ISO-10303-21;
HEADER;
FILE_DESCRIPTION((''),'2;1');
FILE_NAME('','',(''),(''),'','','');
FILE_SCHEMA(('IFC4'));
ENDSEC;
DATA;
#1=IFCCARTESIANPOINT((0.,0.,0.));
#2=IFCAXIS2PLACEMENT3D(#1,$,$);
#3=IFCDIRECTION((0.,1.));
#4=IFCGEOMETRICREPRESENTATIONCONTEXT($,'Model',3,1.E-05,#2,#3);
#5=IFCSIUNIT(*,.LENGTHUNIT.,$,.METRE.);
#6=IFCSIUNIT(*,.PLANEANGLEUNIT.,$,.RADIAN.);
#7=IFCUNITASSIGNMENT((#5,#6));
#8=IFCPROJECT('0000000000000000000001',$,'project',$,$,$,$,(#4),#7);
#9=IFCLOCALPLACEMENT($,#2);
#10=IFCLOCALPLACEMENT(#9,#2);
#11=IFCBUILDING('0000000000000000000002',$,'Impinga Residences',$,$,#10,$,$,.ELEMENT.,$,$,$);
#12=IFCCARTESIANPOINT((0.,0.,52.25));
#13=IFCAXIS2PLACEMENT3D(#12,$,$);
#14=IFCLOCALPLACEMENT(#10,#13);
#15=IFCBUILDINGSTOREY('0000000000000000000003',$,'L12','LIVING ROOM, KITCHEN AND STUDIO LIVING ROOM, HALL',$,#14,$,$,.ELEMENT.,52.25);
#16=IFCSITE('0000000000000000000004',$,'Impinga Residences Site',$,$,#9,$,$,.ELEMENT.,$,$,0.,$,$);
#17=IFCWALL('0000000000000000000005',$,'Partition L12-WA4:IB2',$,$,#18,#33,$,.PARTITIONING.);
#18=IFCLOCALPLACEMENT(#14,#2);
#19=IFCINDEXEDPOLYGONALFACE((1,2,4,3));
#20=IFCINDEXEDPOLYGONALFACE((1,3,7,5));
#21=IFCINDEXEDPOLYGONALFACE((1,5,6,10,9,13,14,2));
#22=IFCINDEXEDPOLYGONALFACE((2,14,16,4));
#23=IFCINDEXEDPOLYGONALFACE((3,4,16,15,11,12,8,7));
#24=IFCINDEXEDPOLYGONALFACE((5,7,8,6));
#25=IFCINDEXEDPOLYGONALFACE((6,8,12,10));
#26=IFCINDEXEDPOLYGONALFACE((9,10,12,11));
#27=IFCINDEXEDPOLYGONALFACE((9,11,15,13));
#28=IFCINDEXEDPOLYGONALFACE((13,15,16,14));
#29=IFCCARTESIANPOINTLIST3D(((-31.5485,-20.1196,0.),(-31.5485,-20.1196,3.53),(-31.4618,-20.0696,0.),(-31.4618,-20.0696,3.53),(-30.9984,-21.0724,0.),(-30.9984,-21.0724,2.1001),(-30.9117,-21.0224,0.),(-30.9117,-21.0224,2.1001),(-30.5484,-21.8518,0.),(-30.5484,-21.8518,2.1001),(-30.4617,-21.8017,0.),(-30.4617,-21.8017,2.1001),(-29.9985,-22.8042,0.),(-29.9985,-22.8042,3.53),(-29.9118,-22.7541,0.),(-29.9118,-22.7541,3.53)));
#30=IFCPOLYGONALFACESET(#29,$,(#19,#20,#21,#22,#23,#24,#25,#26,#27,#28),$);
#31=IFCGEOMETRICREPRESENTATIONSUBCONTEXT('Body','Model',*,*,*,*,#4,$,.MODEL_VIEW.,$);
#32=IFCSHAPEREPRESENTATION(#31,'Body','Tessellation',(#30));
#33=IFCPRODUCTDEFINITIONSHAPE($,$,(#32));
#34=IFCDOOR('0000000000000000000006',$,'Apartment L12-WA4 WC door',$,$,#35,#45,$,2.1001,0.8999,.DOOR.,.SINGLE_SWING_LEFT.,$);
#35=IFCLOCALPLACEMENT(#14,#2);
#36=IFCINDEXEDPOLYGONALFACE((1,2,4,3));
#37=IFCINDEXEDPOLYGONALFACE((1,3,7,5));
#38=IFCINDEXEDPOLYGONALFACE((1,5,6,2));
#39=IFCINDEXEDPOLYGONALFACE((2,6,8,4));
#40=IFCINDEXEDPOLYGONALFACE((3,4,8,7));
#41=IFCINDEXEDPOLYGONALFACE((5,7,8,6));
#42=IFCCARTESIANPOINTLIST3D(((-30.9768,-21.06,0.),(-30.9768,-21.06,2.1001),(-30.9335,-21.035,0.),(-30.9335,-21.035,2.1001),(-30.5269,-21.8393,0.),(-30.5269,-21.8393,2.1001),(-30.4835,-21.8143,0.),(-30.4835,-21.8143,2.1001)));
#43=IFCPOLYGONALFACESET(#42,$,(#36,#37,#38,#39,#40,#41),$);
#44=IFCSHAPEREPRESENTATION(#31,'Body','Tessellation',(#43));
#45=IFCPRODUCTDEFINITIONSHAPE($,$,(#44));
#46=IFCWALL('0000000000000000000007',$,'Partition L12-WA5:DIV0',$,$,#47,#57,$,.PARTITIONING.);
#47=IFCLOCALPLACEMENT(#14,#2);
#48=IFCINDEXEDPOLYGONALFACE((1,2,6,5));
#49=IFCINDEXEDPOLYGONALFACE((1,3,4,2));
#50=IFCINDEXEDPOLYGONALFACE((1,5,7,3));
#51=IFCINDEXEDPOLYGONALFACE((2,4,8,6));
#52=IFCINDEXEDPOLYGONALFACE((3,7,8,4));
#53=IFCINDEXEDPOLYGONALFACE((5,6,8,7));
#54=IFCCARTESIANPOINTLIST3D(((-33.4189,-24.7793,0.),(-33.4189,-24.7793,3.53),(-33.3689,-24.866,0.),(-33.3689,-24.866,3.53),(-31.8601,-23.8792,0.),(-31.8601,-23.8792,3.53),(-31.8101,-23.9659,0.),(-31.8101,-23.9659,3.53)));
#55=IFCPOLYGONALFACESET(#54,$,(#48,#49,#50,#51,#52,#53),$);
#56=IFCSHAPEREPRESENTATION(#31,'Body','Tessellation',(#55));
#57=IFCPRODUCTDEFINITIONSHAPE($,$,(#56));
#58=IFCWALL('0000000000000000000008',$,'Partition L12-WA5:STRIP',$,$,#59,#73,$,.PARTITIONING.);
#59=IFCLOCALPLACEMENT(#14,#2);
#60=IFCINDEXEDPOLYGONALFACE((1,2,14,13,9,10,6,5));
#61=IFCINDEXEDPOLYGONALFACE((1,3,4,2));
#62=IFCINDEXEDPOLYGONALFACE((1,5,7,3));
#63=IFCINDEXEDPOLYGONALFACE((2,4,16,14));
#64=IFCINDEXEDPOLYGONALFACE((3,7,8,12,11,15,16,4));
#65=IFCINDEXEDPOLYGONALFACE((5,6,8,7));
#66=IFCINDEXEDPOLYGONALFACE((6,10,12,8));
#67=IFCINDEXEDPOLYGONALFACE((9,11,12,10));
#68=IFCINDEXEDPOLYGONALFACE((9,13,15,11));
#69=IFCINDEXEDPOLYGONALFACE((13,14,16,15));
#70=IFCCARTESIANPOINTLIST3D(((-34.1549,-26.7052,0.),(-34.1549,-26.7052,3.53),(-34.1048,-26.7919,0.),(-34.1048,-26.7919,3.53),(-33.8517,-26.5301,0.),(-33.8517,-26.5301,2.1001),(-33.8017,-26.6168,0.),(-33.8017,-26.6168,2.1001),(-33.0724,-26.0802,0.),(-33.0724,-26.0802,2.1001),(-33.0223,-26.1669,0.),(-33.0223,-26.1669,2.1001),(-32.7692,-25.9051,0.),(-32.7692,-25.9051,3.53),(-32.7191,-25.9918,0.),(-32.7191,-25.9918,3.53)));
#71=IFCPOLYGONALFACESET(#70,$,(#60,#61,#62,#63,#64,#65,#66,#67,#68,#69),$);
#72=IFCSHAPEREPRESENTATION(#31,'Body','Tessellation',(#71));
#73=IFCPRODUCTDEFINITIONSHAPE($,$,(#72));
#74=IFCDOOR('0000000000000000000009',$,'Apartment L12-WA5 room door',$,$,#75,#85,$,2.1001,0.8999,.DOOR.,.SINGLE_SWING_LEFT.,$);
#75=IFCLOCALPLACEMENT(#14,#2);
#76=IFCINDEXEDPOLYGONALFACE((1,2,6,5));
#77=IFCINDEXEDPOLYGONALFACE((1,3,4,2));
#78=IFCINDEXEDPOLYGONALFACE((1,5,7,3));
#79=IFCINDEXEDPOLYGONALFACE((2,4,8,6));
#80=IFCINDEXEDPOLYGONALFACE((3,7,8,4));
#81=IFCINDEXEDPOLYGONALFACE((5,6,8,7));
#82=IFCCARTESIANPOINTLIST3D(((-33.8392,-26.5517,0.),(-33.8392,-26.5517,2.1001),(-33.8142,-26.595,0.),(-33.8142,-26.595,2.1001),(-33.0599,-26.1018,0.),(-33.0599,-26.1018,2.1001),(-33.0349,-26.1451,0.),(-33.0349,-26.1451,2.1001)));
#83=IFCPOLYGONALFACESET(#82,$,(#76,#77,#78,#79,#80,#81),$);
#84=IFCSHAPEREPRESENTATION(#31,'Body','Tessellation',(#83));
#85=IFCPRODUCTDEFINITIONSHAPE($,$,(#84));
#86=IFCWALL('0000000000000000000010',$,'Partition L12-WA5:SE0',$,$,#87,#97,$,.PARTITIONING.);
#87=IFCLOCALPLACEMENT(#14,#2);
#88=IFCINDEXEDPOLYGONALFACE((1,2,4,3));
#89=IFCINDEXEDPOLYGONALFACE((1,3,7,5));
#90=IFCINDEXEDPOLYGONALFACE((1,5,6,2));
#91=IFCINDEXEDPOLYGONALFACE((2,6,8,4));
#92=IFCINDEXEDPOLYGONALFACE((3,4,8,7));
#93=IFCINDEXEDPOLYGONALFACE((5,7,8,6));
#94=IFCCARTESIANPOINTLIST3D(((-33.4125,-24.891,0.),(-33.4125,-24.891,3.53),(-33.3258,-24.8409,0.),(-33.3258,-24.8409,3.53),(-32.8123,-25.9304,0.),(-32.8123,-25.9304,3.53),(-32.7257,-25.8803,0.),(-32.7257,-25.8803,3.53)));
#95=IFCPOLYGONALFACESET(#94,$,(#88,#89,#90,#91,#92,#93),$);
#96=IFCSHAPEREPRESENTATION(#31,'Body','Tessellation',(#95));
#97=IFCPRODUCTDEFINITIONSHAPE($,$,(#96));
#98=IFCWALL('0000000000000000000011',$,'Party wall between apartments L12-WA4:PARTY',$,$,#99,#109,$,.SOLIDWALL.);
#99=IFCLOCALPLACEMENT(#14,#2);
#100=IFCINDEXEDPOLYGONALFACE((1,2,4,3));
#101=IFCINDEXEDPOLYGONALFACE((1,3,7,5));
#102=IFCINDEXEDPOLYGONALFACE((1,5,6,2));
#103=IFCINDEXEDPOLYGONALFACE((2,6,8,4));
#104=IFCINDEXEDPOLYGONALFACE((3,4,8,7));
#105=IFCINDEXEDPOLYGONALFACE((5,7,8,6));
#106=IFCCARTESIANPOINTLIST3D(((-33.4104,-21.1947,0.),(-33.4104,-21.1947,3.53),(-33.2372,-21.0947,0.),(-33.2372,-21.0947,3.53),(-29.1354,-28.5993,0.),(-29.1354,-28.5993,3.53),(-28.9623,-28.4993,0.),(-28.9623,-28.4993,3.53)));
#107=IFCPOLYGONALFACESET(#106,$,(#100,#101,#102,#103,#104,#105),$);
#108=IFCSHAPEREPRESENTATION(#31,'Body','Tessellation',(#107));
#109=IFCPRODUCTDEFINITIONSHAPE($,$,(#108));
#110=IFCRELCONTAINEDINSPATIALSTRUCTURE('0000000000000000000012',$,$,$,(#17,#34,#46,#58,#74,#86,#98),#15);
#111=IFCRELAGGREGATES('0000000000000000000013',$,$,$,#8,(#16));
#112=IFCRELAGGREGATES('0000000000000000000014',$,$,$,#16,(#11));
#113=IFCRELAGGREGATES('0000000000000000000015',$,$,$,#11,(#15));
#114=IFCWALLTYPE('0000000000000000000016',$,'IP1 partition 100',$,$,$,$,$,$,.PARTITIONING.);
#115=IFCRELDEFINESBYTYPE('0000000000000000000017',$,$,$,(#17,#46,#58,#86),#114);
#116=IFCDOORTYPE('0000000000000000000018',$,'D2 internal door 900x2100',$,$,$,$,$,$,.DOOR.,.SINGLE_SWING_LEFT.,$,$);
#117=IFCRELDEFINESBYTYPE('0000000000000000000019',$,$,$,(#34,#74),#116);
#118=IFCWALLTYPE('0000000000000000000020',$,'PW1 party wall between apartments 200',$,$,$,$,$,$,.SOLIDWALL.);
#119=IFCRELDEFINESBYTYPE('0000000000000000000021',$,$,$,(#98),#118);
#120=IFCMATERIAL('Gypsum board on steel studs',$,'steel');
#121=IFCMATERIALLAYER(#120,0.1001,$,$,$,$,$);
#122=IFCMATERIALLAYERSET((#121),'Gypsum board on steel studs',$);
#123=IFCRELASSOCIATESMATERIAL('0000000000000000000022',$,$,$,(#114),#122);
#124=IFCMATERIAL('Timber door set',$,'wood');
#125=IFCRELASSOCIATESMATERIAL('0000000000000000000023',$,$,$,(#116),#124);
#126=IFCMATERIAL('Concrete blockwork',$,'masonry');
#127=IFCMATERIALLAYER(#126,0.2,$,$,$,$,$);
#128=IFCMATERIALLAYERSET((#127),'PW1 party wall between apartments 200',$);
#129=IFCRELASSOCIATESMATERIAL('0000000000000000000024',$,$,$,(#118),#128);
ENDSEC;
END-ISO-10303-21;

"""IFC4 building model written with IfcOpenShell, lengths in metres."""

from ifc_helpers import new_model, si_unit, direction, frame, frame_2d, origin, place, context, subcontext, project, spatial, rectangle, extrude, material, layer, layer_set, type_object, element, fill, save


model = new_model("IFC4")

# Units and contexts
model_context = context("Model", 3, precision=1e-05, world=origin(), true_north=direction((0.0, 1.0)))
body_context = subcontext(model_context, "Body", "Model", "MODEL_VIEW")
ifc_project = project(units=[si_unit("LENGTHUNIT", "METRE"), si_unit("PLANEANGLEUNIT", "RADIAN")], contexts=[model_context])

# Site, building, storey
site_placement = place(None, origin())
site = spatial("IfcSite", under=ifc_project, at=site_placement, Name="Impinga Residences Site", CompositionType="ELEMENT", RefElevation=0.0)
building_placement = place(site_placement, origin())
building = spatial("IfcBuilding", under=site, at=building_placement, Name="Impinga Residences", CompositionType="ELEMENT")
storey_placement = place(building_placement, frame((0.0, 0.0, 52.25)))
storey = spatial("IfcBuildingStorey", under=building, at=storey_placement, Name="L12", Description="LIVING ROOM, KITCHEN AND STUDIO LIVING ROOM, HALL", CompositionType="ELEMENT", Elevation=52.25)

# Shared definitions
ifc_material_1 = material(Name="Gypsum board on steel studs", Category="steel")
ifc_layer_1 = layer(ifc_material_1, 0.1001)
ifc_layer_set_1 = layer_set([ifc_layer_1], Name="Gypsum board on steel studs")
wall_type_1 = type_object("IfcWallType", Name="IP1 partition 100", PredefinedType="PARTITIONING", material=ifc_layer_set_1)

# Shared definitions
ifc_material_2 = material(Name="Timber door set", Category="wood")
door_type = type_object("IfcDoorType", Name="D2 internal door 900x2100", OperationType="SINGLE_SWING_LEFT", PredefinedType="DOOR", material=ifc_material_2)

# Wall, opening, door
wall_1_placement = place(storey_placement, frame((-31.5051, -20.0947, 0.0), z_axis=(0.0, 0.0, 1.0), x_axis=(0.500027, -0.86601, 0.0)))
wall_1 = element("IfcWall", 1, at=wall_1_placement, inside=storey, type_object=wall_type_1, Name="Partition L12-WA4:IB2", PredefinedType="PARTITIONING", context=body_context, shape_type="SweptSolid", body=[
    extrude(rectangle(XDim=3.0999, YDim=0.1001, at=frame_2d((1.5498, 0.0))), origin(), (0.0, 0.0, 1.0), 3.53),
])
opening_1_placement = place(wall_1_placement, frame((1.1001, 0.0, 0.0)))
opening_1 = element("IfcOpeningElement", 2, at=opening_1_placement, cuts=wall_1, PredefinedType="OPENING", context=body_context, shape_type="SweptSolid", body=[
    extrude(rectangle(XDim=0.8999, YDim=2.1001, at=frame_2d((0.45, 1.05))), frame((0.0, 0.0601, 0.0), z_axis=(0.0, -1.0, 0.0), x_axis=(1.0, 0.0, 0.0)), (0.0, 0.0, 1.0), 0.1201),
])
door_1_placement = place(opening_1_placement, origin())
door_1 = element("IfcDoor", 3, at=door_1_placement, inside=storey, type_object=door_type, Name="Apartment L12-WA4 WC door", OperationType="SINGLE_SWING_LEFT", OverallHeight=2.1001, OverallWidth=0.8999, PredefinedType="DOOR", context=body_context, shape_type="SweptSolid", body=[
    extrude(rectangle(XDim=0.8999, YDim=2.1001, at=frame_2d((0.45, 1.05))), frame((0.0, 0.0249, 0.0), z_axis=(0.0, -1.0, 0.0), x_axis=(1.0, 0.0, 0.0)), (0.0, 0.0, 1.0), 0.05),
])
fill(opening_1, door_1)

# Wall
wall_2_placement = place(storey_placement, frame((-31.8352, -23.9226, 0.0), z_axis=(0.0, 0.0, 1.0), x_axis=(-0.865989, -0.500063, 0.0)))
element("IfcWall", 4, at=wall_2_placement, inside=storey, type_object=wall_type_1, Name="Partition L12-WA5:DIV0", PredefinedType="PARTITIONING", context=body_context, shape_type="SweptSolid", body=[
    extrude(rectangle(XDim=1.8, YDim=0.1001, at=frame_2d((0.8999, 0.0))), origin(), (0.0, 0.0, 1.0), 3.53),
])

# Wall, opening, door
wall_3_placement = place(storey_placement, frame((-32.7441, -25.9485, 0.0), z_axis=(0.0, 0.0, 1.0), x_axis=(-0.866028, -0.499995, 0.0)))
wall_3 = element("IfcWall", 5, at=wall_3_placement, inside=storey, type_object=wall_type_1, Name="Partition L12-WA5:STRIP", PredefinedType="PARTITIONING", context=body_context, shape_type="SweptSolid", body=[
    extrude(rectangle(XDim=1.6001, YDim=0.1001, at=frame_2d((0.8, 0.0))), origin(), (0.0, 0.0, 1.0), 3.53),
])
opening_2_placement = place(wall_3_placement, frame((0.3501, 0.0, 0.0)))
opening_2 = element("IfcOpeningElement", 6, at=opening_2_placement, cuts=wall_3, PredefinedType="OPENING", context=body_context, shape_type="SweptSolid", body=[
    extrude(rectangle(XDim=0.8999, YDim=2.1001, at=frame_2d((0.45, 1.05))), frame((0.0, 0.0601, 0.0), z_axis=(0.0, -1.0, 0.0), x_axis=(1.0, 0.0, 0.0)), (0.0, 0.0, 1.0), 0.1201),
])
door_2_placement = place(opening_2_placement, origin())
door_2 = element("IfcDoor", 7, at=door_2_placement, inside=storey, type_object=door_type, Name="Apartment L12-WA5 room door", OperationType="SINGLE_SWING_LEFT", OverallHeight=2.1001, OverallWidth=0.8999, PredefinedType="DOOR", context=body_context, shape_type="SweptSolid", body=[
    extrude(rectangle(XDim=0.8999, YDim=2.1001, at=frame_2d((0.45, 1.05))), frame((0.0, 0.0249, 0.0), z_axis=(0.0, -1.0, 0.0), x_axis=(1.0, 0.0, 0.0)), (0.0, 0.0, 1.0), 0.05),
])
fill(opening_2, door_2)

# Walls
wall_4_placement = place(storey_placement, frame((-33.3691, -24.866, 0.0), z_axis=(0.0, 0.0, 1.0), x_axis=(0.500034, -0.866006, 0.0)))
element("IfcWall", 8, at=wall_4_placement, inside=storey, type_object=wall_type_1, Name="Partition L12-WA5:SE0", PredefinedType="PARTITIONING", context=body_context, shape_type="SweptSolid", body=[
    extrude(rectangle(XDim=1.2002, YDim=0.1001, at=frame_2d((0.6001, 0.0))), origin(), (0.0, 0.0, 1.0), 3.53),
])
ifc_material_3 = material(Name="Concrete blockwork", Category="masonry")
ifc_layer_2 = layer(ifc_material_3, 0.2)
ifc_layer_set_2 = layer_set([ifc_layer_2], Name="PW1 party wall between apartments 200")
wall_type_2 = type_object("IfcWallType", Name="PW1 party wall between apartments 200", PredefinedType="SOLIDWALL", material=ifc_layer_set_2)
wall_5_placement = place(storey_placement, frame((-33.3237, -21.1448, 0.0), z_axis=(0.0, 0.0, 1.0), x_axis=(0.49999, -0.866031, 0.0)))
element("IfcWall", 9, at=wall_5_placement, inside=storey, type_object=wall_type_2, Name="Party wall between apartments L12-WA4:PARTY", PredefinedType="SOLIDWALL", context=body_context, shape_type="SweptSolid", body=[
    extrude(rectangle(XDim=8.55, YDim=0.2, at=frame_2d((4.2749, 0.0))), origin(), (0.0, 0.0, 1.0), 3.53),
])

save(model, "model.ifc")
